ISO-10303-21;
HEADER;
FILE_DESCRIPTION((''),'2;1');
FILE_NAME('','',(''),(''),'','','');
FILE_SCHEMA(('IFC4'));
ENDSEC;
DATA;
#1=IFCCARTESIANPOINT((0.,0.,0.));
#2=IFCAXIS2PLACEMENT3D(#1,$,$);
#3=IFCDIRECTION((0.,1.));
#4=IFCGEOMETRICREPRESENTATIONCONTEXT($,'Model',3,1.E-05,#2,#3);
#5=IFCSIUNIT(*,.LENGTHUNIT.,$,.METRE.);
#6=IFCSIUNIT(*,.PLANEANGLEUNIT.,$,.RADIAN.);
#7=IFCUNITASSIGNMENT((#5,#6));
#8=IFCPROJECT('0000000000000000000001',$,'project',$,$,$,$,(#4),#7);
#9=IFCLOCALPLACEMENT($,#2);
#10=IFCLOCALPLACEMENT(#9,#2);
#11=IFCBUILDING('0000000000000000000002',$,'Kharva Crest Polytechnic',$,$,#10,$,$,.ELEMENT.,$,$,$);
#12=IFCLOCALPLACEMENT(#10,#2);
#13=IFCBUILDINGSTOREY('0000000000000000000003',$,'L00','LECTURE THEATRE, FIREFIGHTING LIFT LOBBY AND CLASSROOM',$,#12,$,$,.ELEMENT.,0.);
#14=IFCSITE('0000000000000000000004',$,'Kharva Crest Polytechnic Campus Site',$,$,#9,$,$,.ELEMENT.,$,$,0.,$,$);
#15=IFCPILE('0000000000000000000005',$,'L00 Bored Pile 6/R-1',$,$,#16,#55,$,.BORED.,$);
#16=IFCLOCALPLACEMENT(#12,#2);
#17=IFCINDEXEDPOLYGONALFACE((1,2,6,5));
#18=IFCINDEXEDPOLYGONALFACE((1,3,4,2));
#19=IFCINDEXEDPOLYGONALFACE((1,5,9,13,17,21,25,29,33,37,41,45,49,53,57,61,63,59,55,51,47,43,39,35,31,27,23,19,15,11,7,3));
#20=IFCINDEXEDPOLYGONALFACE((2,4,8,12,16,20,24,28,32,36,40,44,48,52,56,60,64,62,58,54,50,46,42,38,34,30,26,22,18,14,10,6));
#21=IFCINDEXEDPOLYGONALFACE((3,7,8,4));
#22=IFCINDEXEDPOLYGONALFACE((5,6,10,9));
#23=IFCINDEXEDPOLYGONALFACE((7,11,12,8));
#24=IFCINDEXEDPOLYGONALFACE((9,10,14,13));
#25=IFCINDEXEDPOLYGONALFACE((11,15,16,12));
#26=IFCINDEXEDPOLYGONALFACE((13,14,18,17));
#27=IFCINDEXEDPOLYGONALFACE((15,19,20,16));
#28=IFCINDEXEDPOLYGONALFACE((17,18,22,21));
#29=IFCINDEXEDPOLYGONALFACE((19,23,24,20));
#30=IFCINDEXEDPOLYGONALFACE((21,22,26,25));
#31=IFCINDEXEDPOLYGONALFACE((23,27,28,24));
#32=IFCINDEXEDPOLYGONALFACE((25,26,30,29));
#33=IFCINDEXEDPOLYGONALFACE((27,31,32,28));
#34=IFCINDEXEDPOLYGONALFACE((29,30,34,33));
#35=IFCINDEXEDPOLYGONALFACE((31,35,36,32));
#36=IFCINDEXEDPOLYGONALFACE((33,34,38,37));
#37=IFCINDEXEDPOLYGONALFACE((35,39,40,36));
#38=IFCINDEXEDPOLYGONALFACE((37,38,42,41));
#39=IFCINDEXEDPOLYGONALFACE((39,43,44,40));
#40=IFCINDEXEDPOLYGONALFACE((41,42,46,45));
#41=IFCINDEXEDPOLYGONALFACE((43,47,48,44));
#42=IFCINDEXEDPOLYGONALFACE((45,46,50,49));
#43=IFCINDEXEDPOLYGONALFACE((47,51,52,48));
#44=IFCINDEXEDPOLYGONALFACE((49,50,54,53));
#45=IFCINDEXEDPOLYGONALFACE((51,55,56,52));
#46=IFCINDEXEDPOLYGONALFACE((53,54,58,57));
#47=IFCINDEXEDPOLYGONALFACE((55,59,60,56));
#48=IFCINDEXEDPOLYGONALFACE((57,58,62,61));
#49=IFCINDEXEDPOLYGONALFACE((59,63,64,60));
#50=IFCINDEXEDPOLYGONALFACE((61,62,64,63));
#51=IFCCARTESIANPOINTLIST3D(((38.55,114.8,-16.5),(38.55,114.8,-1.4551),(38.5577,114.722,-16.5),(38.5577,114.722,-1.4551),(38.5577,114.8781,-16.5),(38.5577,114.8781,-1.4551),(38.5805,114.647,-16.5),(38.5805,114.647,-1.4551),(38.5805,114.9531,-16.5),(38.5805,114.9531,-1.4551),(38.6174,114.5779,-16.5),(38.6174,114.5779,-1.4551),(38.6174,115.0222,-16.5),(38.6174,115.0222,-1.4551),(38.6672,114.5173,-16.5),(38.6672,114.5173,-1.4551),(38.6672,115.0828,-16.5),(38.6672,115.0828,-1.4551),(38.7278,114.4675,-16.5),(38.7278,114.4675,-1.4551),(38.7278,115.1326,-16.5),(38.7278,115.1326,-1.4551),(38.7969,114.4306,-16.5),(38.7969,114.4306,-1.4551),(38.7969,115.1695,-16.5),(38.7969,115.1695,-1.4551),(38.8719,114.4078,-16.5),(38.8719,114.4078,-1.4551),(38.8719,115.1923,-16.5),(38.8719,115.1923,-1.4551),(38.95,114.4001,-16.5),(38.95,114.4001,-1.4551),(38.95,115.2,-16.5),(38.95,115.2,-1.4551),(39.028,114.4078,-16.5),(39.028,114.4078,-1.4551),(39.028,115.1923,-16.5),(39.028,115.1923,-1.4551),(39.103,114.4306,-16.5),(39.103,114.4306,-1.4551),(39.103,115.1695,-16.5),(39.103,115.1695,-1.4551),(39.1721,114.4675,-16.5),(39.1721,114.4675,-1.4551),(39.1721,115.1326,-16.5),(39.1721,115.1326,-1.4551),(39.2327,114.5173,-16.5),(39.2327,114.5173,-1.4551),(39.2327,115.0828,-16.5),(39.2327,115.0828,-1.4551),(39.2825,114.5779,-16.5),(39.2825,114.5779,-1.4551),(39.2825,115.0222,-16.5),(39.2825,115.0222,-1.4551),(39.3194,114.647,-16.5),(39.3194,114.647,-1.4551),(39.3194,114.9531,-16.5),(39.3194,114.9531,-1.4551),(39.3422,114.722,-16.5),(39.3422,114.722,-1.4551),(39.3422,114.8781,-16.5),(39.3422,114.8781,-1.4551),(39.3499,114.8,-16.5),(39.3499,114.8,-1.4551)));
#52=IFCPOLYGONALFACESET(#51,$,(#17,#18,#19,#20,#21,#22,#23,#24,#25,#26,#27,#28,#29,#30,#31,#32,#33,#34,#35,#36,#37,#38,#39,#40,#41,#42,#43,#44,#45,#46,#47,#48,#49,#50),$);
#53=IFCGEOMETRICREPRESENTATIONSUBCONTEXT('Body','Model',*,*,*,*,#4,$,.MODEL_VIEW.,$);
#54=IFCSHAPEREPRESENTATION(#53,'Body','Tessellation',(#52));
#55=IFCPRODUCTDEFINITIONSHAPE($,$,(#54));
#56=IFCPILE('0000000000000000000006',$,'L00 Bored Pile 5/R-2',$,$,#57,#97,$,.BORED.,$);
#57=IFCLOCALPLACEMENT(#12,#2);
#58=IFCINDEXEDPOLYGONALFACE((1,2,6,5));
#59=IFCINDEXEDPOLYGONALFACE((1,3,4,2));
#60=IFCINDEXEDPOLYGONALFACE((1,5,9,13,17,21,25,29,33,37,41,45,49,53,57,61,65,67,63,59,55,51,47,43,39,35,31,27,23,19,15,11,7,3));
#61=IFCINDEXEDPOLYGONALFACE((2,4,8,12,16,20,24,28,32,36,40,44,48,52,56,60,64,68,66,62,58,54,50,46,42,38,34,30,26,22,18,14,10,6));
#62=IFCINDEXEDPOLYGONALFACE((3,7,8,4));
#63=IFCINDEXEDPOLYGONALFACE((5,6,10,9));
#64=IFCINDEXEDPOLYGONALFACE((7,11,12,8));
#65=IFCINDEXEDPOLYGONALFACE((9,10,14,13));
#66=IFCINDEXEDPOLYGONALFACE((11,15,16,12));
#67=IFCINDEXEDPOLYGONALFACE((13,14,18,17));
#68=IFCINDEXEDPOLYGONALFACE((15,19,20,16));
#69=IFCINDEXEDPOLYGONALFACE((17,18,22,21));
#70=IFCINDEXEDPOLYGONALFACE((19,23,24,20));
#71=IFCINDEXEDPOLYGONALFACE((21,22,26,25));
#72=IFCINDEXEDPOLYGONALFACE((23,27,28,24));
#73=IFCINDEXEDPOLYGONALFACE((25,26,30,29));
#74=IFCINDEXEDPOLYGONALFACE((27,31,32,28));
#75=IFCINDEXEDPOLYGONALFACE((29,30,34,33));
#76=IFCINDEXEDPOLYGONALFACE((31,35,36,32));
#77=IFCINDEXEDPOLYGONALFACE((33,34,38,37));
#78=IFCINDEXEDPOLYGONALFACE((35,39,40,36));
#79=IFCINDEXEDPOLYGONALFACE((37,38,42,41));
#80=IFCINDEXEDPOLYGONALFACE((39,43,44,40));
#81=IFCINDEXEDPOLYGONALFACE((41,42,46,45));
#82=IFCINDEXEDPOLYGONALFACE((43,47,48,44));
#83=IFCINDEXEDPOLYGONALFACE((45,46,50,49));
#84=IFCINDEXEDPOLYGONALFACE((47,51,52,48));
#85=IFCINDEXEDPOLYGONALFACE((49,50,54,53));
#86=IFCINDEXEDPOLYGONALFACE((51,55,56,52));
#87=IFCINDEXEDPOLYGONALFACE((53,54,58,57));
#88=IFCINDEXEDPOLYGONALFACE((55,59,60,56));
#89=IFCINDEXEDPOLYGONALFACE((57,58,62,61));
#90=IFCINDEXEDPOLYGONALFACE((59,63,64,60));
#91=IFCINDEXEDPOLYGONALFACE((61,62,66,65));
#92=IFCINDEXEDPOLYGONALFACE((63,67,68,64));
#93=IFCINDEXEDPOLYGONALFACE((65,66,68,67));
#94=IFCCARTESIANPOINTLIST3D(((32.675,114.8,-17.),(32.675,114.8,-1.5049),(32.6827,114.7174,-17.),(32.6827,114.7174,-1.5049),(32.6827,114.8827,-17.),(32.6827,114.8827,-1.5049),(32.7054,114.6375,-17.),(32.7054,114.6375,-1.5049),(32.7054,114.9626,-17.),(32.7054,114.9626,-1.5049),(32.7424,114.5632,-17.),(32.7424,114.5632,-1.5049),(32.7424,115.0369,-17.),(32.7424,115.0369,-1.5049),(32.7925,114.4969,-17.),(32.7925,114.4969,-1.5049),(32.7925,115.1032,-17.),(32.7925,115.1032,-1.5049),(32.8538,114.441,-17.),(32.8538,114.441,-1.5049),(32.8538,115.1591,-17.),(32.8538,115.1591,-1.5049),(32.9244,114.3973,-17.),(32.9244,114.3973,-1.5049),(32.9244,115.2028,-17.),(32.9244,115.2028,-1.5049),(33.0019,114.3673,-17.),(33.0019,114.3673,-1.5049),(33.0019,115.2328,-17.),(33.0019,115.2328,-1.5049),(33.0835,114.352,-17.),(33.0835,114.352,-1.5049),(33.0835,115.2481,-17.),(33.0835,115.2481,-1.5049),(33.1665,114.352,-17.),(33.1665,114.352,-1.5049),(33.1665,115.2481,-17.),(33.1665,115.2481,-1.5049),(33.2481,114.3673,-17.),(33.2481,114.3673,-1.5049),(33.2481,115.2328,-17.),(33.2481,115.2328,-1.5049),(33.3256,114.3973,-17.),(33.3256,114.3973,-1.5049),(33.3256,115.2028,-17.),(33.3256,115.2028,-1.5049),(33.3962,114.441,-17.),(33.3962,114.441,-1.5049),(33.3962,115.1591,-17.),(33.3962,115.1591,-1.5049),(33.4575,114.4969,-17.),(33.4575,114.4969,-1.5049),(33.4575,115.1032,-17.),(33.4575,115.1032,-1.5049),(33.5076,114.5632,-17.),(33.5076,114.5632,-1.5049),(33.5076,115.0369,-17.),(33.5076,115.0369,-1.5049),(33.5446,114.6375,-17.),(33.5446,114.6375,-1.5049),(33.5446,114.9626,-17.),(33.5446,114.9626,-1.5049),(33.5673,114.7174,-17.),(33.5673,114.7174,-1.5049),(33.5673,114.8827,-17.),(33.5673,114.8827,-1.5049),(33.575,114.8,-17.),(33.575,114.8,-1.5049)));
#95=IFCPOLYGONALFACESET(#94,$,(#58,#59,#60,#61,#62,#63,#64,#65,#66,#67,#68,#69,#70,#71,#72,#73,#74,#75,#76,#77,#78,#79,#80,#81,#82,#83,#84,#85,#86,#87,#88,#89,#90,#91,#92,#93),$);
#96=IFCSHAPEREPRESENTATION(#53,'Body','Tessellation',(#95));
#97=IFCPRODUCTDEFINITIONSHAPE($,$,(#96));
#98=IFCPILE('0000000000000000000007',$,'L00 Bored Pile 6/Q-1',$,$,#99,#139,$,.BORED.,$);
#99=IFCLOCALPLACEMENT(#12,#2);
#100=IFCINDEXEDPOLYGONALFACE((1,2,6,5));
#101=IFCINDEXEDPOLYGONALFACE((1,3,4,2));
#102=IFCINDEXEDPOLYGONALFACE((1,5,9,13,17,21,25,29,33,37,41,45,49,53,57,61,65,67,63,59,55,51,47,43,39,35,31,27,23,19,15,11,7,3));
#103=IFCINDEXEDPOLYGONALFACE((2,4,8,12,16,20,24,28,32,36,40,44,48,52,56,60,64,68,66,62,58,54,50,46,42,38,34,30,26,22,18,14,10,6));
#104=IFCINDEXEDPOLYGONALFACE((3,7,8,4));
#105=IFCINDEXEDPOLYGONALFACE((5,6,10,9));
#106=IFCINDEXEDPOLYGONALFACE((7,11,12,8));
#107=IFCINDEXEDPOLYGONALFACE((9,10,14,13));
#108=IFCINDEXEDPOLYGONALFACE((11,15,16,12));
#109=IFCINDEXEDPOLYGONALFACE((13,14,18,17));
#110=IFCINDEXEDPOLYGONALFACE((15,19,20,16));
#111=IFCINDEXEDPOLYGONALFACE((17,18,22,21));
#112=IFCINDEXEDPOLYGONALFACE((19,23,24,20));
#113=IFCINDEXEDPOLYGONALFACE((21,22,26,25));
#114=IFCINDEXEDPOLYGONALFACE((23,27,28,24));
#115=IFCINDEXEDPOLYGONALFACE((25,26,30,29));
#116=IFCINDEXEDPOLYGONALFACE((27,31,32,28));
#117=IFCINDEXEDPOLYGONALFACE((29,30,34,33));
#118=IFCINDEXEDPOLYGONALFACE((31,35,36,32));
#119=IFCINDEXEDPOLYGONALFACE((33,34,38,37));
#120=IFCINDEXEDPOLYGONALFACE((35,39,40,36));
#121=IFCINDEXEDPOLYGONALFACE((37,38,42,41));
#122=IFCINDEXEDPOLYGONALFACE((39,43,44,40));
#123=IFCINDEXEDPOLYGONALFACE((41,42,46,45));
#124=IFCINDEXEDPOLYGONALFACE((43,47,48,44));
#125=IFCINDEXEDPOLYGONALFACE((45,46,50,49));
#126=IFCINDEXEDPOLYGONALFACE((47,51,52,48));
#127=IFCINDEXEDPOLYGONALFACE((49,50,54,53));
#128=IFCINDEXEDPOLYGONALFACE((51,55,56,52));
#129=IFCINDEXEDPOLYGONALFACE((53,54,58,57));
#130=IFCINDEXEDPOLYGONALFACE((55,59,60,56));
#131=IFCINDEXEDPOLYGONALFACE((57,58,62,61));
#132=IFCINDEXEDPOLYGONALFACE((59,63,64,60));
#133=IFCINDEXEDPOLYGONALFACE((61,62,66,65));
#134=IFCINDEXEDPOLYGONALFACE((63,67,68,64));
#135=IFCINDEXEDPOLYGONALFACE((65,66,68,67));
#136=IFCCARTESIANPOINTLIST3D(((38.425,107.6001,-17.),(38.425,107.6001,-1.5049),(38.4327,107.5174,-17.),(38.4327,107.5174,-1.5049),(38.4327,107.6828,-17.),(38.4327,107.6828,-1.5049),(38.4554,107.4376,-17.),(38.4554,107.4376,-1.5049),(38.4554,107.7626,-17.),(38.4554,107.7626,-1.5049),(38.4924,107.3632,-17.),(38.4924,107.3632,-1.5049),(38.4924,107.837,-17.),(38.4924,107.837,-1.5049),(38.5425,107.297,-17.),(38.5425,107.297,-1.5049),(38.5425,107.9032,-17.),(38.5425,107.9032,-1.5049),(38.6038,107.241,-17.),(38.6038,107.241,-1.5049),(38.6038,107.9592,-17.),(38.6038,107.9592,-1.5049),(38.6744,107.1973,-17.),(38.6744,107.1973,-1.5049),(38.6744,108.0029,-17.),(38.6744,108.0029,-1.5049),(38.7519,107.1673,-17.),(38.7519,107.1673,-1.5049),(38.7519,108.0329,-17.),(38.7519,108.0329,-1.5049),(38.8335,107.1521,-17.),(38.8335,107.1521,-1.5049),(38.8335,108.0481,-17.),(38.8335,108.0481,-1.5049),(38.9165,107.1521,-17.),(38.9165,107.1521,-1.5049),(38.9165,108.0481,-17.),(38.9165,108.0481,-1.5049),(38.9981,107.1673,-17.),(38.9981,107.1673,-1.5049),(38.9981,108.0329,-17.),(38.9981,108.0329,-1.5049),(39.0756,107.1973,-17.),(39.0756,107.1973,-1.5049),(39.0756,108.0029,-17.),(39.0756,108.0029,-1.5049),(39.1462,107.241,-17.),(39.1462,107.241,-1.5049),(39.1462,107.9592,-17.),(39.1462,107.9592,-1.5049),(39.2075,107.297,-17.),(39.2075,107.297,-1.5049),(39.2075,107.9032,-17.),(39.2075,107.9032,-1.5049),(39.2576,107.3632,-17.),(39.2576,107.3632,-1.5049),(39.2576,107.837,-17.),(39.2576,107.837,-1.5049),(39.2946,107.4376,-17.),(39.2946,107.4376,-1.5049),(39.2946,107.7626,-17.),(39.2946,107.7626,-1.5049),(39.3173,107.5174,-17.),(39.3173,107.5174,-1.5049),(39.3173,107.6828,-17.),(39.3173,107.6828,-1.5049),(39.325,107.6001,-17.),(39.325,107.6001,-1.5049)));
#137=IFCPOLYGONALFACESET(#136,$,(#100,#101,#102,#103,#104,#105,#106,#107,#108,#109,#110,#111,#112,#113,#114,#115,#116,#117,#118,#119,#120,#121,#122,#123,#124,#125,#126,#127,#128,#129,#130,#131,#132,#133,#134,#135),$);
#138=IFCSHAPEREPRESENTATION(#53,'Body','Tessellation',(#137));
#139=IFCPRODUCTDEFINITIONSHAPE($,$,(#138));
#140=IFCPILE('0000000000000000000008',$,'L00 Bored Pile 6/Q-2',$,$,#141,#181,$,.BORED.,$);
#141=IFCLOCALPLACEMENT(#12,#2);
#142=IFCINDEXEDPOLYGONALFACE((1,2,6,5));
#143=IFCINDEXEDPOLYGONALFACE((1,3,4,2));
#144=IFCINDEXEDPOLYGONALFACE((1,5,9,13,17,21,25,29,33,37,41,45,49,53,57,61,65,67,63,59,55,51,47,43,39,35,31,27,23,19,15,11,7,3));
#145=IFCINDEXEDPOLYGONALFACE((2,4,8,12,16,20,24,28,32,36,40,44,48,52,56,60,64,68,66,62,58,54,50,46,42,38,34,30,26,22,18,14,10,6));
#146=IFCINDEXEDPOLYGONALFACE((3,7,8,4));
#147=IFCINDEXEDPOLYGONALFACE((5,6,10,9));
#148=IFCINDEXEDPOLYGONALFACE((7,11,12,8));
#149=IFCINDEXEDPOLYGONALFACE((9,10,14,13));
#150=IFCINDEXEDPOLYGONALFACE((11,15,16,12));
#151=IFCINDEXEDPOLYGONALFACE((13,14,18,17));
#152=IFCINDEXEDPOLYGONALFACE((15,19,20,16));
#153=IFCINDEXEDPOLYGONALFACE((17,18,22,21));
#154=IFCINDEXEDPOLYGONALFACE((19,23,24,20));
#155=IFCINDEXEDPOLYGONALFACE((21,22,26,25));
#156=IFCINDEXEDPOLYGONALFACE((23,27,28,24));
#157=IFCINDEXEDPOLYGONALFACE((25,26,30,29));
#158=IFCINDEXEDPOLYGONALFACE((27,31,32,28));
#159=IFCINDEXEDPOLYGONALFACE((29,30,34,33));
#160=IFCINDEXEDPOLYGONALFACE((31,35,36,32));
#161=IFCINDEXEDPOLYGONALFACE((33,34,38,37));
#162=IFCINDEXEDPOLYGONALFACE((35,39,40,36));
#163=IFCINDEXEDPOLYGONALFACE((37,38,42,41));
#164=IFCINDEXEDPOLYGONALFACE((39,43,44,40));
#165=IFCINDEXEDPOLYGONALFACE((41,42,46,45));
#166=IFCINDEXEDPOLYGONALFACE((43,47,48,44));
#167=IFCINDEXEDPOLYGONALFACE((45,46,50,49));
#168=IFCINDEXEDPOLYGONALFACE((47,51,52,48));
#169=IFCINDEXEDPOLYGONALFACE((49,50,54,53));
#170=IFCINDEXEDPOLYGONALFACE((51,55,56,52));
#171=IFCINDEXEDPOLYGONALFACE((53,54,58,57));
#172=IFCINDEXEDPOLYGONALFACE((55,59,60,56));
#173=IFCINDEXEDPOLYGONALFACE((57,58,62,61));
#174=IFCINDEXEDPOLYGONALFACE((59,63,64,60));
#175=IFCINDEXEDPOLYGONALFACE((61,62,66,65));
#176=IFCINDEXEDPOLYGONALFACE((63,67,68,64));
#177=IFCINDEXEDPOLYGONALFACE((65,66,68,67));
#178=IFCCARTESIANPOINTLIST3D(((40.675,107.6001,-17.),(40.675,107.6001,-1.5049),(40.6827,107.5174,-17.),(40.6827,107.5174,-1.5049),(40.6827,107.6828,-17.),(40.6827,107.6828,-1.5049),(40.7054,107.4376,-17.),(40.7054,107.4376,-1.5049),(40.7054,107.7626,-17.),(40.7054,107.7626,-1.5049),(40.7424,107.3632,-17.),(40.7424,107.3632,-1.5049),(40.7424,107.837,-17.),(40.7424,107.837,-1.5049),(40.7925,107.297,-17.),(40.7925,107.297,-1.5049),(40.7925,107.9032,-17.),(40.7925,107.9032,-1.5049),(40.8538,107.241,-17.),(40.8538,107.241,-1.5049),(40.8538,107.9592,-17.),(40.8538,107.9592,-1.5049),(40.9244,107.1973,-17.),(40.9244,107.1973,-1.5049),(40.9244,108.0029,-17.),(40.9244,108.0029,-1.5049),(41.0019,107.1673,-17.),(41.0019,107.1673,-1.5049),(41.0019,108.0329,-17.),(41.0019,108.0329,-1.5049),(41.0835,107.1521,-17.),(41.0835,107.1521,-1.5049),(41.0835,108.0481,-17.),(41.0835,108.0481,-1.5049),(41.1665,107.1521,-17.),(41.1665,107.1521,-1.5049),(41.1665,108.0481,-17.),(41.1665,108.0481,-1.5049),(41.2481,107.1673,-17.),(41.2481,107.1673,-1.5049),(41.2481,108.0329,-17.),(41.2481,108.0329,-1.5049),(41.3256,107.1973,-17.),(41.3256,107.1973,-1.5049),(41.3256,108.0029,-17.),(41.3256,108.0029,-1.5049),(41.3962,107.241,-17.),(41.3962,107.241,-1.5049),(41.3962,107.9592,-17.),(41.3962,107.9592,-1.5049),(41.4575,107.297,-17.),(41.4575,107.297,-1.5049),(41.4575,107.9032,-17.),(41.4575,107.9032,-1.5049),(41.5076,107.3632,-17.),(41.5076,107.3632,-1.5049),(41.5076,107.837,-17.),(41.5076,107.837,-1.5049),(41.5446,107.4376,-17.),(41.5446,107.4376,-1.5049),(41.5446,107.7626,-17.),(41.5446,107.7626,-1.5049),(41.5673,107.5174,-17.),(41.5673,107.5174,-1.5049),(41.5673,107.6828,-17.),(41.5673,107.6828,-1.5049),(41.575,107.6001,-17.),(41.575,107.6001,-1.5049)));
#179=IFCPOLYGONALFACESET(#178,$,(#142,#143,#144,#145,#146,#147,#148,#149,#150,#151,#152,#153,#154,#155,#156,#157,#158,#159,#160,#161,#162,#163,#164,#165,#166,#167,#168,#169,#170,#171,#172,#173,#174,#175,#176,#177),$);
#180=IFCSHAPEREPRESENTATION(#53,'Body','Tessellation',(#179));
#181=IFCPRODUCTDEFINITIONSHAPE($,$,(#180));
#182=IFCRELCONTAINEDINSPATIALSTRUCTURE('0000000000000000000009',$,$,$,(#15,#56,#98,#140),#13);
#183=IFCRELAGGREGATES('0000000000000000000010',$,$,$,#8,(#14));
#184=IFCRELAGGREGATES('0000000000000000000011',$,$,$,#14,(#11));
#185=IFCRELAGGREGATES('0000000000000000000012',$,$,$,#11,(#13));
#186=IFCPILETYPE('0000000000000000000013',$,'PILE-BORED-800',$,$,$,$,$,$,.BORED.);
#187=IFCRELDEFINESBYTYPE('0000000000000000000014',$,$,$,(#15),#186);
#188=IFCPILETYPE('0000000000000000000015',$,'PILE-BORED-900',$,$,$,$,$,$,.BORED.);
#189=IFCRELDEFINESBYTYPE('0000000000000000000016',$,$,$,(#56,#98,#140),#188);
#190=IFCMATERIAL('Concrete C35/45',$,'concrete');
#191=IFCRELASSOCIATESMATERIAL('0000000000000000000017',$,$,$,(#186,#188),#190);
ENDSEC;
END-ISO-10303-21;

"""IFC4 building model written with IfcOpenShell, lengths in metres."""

from ifc_helpers import new_model, si_unit, direction, frame, origin, origin_2d, place, context, subcontext, project, spatial, circle, extrude, material, material_profile, profile_set, type_object, element, save


model = new_model("IFC4")

# Units and contexts
model_context = context("Model", 3, precision=1e-05, world=origin(), true_north=direction((0.0, 1.0)))
body_context = subcontext(model_context, "Body", "Model", "MODEL_VIEW")
ifc_project = project(units=[si_unit("LENGTHUNIT", "METRE"), si_unit("PLANEANGLEUNIT", "RADIAN")], contexts=[model_context])

# Site, building, storey
site_placement = place(None, origin())
site = spatial("IfcSite", under=ifc_project, at=site_placement, Name="Kharva Crest Polytechnic Campus Site", CompositionType="ELEMENT", RefElevation=0.0)
building_placement = place(site_placement, origin())
building = spatial("IfcBuilding", under=site, at=building_placement, Name="Kharva Crest Polytechnic", CompositionType="ELEMENT")
storey_placement = place(building_placement, origin())
storey = spatial("IfcBuildingStorey", under=building, at=storey_placement, Name="L00", Description="LECTURE THEATRE, FIREFIGHTING LIFT LOBBY AND CLASSROOM", CompositionType="ELEMENT", Elevation=0.0)

# Shared definitions
ifc_material_1 = material(Name="Concrete C35/45", Category="concrete")

# Piles
ifc_material_profile_1 = material_profile(ifc_material_1, circle(Radius=0.3999, at=origin_2d()), Name="DIA 800")
ifc_profile_set_1 = profile_set([ifc_material_profile_1], Name="Concrete C35/45")
pile_type_1 = type_object("IfcPileType", Name="PILE-BORED-800", PredefinedType="BORED", material=ifc_profile_set_1)
for number, where, z_axis, x_axis, name in (
    (1, (38.95, 114.8, -1.4551), (0.0, 0.0, -1.0), (1.0, 0.0, 0.0), "L00 Bored Pile 6/R-1"),
):
    element("IfcPile", number, at=place(storey_placement, frame(where, z_axis=z_axis, x_axis=x_axis)), inside=storey, type_object=pile_type_1, Name=name, PredefinedType="BORED", context=body_context, shape_type="SweptSolid", body=[
        extrude(circle(Radius=0.3999, at=origin_2d()), origin(), (0.0, 0.0, 1.0), 15.0449),
    ])
ifc_material_profile_2 = material_profile(ifc_material_1, circle(Radius=0.45, at=origin_2d()), Name="DIA 900")
ifc_profile_set_2 = profile_set([ifc_material_profile_2], Name="Concrete C35/45")
pile_type_2 = type_object("IfcPileType", Name="PILE-BORED-900", PredefinedType="BORED", material=ifc_profile_set_2)
for number, where, z_axis, x_axis, name in (
    (2, (33.125, 114.8, -1.5049), (0.0, 0.0, -1.0), (1.0, 0.0, 0.0), "L00 Bored Pile 5/R-2"),
    (3, (38.875, 107.6001, -1.5049), (0.0, 0.0, -1.0), (1.0, 0.0, 0.0), "L00 Bored Pile 6/Q-1"),
    (4, (41.125, 107.6001, -1.5049), (0.0, 0.0, -1.0), (1.0, 0.0, 0.0), "L00 Bored Pile 6/Q-2"),
):
    element("IfcPile", number, at=place(storey_placement, frame(where, z_axis=z_axis, x_axis=x_axis)), inside=storey, type_object=pile_type_2, Name=name, PredefinedType="BORED", context=body_context, shape_type="SweptSolid", body=[
        extrude(circle(Radius=0.45, at=origin_2d()), origin(), (0.0, 0.0, 1.0), 15.4951),
    ])

save(model, "model.ifc")
